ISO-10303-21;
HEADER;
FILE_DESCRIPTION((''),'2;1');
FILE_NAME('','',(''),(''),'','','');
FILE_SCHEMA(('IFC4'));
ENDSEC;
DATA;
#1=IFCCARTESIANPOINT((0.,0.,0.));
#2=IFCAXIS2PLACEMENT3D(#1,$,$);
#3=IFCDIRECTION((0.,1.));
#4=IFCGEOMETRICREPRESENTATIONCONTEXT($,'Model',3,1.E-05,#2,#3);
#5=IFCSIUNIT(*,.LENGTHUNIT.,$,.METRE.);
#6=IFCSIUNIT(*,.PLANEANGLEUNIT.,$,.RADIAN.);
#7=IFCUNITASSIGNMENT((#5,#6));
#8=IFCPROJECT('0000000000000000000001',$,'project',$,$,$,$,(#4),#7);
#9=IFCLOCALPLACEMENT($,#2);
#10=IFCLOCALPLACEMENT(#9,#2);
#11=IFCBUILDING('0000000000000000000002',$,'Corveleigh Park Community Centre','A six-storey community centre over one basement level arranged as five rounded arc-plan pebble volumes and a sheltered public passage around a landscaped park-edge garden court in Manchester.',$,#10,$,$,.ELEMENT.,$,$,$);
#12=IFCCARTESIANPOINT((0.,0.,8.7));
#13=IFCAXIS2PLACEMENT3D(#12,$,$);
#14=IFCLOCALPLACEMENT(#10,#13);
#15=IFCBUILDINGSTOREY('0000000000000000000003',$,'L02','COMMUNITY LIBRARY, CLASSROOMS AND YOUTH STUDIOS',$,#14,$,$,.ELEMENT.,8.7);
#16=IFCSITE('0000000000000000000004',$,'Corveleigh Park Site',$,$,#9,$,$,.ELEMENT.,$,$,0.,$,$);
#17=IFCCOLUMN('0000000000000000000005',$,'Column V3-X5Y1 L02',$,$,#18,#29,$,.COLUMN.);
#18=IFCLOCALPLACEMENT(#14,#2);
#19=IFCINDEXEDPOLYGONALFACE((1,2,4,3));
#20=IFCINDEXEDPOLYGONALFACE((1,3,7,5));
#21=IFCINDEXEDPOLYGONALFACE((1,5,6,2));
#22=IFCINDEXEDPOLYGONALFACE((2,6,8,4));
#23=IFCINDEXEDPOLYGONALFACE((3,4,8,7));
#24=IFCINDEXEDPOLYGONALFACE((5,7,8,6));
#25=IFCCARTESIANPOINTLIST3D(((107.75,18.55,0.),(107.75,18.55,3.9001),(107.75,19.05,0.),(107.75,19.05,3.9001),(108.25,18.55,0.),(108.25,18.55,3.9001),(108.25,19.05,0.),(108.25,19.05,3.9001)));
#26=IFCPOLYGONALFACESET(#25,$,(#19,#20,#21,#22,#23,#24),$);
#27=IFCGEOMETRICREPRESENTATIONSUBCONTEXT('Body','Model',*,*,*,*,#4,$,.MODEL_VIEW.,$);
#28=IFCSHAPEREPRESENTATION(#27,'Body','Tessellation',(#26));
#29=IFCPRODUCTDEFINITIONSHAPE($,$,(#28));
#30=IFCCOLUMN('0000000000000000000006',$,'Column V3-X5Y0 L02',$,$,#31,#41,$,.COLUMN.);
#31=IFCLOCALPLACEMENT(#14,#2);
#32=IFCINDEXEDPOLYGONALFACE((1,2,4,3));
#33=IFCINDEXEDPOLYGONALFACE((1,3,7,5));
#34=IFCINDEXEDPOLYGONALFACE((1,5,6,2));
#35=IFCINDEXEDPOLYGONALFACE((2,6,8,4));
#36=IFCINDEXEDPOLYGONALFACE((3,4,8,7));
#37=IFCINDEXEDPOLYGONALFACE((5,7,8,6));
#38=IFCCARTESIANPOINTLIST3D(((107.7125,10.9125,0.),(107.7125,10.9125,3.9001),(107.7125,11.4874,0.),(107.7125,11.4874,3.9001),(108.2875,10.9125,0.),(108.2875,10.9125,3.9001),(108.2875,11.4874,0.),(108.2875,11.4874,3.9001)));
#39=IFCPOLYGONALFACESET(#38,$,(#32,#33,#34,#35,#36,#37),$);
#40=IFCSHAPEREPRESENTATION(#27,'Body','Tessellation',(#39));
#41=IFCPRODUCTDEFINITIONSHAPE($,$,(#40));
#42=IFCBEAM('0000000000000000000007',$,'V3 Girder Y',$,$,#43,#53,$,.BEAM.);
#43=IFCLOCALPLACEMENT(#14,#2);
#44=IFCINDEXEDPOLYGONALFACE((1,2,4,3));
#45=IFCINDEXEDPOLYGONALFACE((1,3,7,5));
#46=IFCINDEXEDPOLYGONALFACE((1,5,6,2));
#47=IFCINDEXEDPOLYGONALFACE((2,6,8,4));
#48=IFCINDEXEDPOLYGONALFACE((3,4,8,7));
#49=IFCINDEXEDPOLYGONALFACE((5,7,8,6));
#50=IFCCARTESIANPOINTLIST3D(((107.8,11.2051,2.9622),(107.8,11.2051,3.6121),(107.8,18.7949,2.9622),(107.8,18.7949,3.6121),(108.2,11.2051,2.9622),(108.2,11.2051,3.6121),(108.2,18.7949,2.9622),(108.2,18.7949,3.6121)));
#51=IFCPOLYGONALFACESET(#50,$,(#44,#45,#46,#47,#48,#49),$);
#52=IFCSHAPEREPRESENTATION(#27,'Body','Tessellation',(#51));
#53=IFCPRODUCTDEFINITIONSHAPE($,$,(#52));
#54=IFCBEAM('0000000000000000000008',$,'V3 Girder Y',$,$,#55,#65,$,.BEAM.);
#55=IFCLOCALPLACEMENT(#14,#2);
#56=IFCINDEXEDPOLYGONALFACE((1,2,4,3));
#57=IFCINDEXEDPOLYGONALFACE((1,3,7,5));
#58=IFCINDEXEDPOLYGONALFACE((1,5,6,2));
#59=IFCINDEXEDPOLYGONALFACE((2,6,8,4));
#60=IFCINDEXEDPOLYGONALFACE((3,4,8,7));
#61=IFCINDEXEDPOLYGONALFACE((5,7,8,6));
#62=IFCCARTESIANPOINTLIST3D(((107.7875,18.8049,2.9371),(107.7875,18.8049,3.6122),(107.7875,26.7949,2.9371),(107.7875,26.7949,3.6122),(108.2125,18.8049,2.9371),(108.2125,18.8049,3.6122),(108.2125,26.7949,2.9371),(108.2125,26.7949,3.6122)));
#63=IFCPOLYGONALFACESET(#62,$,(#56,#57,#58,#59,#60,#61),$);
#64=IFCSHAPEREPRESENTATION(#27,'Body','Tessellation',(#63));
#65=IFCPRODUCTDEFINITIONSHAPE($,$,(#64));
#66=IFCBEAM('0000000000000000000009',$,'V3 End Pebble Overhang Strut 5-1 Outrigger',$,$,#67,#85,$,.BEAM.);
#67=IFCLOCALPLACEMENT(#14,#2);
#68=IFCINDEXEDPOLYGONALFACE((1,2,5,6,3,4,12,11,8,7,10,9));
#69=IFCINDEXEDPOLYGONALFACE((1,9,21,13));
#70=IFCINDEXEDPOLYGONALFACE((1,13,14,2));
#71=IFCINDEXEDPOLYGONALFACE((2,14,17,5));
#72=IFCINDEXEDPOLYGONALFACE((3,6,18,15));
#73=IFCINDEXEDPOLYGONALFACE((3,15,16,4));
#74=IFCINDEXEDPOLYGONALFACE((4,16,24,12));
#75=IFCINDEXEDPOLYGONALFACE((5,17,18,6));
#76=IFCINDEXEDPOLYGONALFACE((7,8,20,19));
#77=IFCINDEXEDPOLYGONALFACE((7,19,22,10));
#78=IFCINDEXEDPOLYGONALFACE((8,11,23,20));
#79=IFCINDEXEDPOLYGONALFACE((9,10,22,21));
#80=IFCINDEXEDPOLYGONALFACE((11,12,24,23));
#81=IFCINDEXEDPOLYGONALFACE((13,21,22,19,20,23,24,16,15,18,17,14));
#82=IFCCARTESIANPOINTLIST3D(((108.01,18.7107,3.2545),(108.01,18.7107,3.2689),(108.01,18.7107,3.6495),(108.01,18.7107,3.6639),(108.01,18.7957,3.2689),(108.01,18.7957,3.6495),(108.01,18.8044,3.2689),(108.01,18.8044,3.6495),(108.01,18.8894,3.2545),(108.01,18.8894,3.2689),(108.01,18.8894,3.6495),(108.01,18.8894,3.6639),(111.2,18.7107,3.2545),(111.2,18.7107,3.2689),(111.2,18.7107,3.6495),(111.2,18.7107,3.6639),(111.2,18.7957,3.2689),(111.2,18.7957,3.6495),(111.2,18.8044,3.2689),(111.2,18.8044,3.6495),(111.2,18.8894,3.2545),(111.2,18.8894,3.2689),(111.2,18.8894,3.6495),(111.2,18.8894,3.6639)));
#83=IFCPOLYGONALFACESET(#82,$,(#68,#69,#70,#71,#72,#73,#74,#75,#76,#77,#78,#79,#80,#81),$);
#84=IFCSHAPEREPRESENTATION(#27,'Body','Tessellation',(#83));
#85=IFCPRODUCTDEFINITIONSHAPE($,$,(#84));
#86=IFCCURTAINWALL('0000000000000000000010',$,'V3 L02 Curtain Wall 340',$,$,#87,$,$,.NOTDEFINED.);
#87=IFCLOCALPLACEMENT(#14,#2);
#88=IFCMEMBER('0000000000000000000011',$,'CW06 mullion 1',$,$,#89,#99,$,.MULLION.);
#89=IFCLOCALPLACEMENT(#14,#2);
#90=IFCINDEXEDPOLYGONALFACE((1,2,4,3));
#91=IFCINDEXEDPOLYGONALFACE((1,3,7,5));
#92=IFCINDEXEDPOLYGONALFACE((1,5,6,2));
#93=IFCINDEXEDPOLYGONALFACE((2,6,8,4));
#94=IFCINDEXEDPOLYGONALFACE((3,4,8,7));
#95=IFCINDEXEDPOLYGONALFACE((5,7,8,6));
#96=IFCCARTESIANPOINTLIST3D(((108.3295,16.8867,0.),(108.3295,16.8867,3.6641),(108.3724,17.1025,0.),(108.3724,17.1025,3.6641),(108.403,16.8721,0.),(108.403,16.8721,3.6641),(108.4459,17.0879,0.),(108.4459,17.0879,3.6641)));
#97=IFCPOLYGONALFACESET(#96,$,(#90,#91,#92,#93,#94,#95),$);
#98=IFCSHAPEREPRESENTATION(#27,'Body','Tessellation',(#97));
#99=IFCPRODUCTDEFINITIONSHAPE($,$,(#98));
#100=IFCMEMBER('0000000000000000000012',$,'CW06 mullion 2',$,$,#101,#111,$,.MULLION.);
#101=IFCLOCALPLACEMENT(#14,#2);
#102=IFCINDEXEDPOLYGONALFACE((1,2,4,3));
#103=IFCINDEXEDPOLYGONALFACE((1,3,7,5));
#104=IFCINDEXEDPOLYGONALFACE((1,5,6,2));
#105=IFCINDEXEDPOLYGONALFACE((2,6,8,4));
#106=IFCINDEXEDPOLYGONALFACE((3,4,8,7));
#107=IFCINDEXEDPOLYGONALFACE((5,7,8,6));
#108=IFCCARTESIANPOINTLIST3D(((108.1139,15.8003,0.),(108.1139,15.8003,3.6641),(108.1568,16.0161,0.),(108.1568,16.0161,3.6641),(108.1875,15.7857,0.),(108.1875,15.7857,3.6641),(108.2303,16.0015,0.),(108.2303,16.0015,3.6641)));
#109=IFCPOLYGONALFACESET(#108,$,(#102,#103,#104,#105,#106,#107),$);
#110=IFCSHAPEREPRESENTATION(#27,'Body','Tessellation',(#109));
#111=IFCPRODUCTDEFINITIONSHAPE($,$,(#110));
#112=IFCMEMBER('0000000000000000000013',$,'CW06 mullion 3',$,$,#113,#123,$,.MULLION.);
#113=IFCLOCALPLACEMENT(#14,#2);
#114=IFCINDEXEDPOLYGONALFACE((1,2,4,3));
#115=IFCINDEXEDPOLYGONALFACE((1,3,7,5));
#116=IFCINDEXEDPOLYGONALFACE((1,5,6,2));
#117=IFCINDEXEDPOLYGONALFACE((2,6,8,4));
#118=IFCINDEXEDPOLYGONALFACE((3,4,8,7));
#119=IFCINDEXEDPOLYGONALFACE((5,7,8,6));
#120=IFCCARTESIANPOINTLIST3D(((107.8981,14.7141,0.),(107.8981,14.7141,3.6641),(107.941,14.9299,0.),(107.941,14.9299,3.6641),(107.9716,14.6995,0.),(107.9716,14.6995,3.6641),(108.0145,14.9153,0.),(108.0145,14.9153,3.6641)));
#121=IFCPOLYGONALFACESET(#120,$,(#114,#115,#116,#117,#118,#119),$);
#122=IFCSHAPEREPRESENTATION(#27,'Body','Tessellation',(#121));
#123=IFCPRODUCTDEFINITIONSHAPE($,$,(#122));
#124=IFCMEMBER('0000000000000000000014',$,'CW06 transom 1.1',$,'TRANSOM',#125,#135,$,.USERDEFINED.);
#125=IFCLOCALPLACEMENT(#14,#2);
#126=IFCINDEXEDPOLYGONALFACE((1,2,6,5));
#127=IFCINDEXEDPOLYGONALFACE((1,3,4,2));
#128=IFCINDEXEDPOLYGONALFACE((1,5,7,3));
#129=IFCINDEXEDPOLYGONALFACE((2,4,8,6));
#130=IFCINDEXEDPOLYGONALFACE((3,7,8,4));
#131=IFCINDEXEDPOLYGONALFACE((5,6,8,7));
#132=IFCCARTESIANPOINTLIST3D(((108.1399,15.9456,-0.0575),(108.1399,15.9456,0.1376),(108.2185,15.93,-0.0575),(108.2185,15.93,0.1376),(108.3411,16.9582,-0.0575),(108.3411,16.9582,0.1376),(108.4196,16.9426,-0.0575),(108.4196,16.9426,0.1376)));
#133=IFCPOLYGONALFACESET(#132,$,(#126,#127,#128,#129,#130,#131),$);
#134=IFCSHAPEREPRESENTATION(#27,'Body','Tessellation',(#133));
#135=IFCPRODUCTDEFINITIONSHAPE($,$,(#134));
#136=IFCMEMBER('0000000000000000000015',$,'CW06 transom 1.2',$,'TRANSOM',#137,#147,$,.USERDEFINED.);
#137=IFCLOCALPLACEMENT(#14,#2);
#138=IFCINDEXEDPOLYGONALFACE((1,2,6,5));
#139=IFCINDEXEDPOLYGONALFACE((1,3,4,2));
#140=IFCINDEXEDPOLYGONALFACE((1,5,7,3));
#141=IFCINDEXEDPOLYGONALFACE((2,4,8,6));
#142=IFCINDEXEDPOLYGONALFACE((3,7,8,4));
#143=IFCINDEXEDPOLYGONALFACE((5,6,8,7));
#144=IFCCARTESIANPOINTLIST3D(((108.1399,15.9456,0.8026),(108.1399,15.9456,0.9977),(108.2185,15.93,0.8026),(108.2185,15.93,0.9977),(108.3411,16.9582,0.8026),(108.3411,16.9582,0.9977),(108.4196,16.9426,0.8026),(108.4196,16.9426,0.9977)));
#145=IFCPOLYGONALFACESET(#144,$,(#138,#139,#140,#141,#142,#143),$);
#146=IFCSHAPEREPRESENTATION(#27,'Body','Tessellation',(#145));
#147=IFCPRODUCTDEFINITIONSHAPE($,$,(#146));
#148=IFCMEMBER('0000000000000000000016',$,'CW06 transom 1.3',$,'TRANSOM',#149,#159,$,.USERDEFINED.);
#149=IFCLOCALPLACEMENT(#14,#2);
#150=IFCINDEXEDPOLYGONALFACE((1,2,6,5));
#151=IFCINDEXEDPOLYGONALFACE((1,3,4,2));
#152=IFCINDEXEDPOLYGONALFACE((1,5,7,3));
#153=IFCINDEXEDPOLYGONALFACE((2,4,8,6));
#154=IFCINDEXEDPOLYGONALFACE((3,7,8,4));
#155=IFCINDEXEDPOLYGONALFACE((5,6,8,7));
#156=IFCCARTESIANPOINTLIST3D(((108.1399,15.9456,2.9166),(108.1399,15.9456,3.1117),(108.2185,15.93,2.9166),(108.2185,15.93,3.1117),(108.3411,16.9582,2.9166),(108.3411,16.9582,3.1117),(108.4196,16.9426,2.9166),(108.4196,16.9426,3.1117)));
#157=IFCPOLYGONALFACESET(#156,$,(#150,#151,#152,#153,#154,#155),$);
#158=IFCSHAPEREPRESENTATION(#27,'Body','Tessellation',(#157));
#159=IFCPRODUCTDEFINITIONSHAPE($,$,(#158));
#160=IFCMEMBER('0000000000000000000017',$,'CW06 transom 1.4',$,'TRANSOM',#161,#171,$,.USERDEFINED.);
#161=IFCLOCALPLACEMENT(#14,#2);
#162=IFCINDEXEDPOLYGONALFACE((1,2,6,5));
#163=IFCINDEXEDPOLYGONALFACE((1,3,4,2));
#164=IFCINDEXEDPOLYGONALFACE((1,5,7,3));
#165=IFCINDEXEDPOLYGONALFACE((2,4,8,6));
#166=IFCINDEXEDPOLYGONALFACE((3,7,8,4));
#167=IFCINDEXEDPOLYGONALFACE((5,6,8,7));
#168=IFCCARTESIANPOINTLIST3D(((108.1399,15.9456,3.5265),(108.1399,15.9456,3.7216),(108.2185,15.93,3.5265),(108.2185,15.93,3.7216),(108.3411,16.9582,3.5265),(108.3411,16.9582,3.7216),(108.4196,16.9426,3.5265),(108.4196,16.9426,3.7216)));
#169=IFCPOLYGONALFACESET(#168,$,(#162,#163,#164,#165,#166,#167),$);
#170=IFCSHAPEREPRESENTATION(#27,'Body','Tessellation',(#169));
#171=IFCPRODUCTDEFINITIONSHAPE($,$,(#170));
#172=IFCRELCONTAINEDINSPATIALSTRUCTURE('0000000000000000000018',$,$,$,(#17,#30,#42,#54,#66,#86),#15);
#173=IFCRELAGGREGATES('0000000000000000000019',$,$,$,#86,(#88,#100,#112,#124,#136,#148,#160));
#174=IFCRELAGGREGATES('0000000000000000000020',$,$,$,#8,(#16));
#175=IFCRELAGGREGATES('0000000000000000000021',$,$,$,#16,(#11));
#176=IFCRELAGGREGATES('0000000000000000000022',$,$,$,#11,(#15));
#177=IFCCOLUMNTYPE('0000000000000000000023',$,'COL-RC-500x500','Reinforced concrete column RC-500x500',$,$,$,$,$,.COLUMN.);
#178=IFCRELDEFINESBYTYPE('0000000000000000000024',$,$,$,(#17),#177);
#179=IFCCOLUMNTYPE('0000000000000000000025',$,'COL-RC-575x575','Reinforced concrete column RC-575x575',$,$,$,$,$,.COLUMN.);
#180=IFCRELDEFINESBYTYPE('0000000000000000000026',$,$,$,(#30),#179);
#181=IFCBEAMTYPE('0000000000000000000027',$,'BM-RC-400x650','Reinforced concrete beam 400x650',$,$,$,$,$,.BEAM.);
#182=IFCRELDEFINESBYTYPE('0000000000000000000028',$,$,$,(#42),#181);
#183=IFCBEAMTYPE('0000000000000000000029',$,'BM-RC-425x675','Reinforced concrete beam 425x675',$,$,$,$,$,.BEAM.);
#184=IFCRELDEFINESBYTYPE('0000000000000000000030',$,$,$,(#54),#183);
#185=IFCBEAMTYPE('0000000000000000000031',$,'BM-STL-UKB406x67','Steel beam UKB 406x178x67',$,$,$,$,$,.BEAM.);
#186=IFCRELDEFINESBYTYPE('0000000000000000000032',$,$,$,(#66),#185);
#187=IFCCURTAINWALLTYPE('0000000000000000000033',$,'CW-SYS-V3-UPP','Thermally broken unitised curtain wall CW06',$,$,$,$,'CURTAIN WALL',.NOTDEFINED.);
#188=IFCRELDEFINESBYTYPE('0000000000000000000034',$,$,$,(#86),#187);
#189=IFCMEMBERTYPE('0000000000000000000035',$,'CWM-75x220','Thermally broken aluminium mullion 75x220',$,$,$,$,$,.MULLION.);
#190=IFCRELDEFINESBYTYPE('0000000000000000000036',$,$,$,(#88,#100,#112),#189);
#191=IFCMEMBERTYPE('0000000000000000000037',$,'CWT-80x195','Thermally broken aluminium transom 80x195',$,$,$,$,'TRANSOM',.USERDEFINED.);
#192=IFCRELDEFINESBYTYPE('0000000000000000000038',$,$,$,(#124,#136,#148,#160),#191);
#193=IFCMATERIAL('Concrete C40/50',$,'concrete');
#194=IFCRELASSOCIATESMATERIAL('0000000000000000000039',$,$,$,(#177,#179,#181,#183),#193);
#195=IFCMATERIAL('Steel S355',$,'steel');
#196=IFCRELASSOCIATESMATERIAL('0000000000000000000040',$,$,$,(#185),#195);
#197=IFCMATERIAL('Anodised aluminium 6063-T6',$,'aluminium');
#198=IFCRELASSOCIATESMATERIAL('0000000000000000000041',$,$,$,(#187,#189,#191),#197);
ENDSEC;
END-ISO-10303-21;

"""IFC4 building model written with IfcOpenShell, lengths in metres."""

from ifc_helpers import new_model, si_unit, direction, frame, origin, origin_2d, place, context, subcontext, project, spatial, rectangle, i_section, extrude, material, material_profile, profile_set, type_object, element, aggregate, save


model = new_model("IFC4")

# Units and contexts
model_context = context("Model", 3, precision=1e-05, world=origin(), true_north=direction((0.0, 1.0)))
body_context = subcontext(model_context, "Body", "Model", "MODEL_VIEW")
ifc_project = project(units=[si_unit("LENGTHUNIT", "METRE"), si_unit("PLANEANGLEUNIT", "RADIAN")], contexts=[model_context])

# Site, building, storey
site_placement = place(None, origin())
site = spatial("IfcSite", under=ifc_project, at=site_placement, Name="Corveleigh Park Site", CompositionType="ELEMENT", RefElevation=0.0)
building_placement = place(site_placement, origin())
building = spatial("IfcBuilding", under=site, at=building_placement, Name="Corveleigh Park Community Centre", Description="A six-storey community centre over one basement level arranged as five rounded arc-plan pebble volumes and a sheltered public passage around a landscaped park-edge garden court in Manchester.", CompositionType="ELEMENT")
storey_placement = place(building_placement, frame((0.0, 0.0, 8.7)))
storey = spatial("IfcBuildingStorey", under=building, at=storey_placement, Name="L02", Description="COMMUNITY LIBRARY, CLASSROOMS AND YOUTH STUDIOS", CompositionType="ELEMENT", Elevation=8.7)

# Columns
ifc_material_1 = material(Name="Concrete C40/50", Category="concrete")
ifc_material_profile_1 = material_profile(ifc_material_1, rectangle(XDim=0.5, YDim=0.5, at=origin_2d()), Name="RC-500x500", Category="concrete")
ifc_profile_set_1 = profile_set([ifc_material_profile_1], Name="Concrete C40/50")
column_type_1 = type_object("IfcColumnType", Name="COL-RC-500x500", Description="Reinforced concrete column RC-500x500", PredefinedType="COLUMN", material=ifc_profile_set_1)
column_1_placement = place(storey_placement, frame((108.0, 18.8, 0.0), z_axis=(0.0, 0.0, 1.0), x_axis=(1.0, 0.0, 0.0)))
element("IfcColumn", 1, at=column_1_placement, inside=storey, type_object=column_type_1, Name="Column V3-X5Y1 L02", PredefinedType="COLUMN", context=body_context, shape_type="SweptSolid", body=[
    extrude(rectangle(XDim=0.5, YDim=0.5, at=origin_2d()), origin(), (0.0, 0.0, 1.0), 3.9001),
])
ifc_material_profile_2 = material_profile(ifc_material_1, rectangle(XDim=0.575, YDim=0.575, at=origin_2d()), Name="RC-575x575", Category="concrete")
ifc_profile_set_2 = profile_set([ifc_material_profile_2], Name="Concrete C40/50")
column_type_2 = type_object("IfcColumnType", Name="COL-RC-575x575", Description="Reinforced concrete column RC-575x575", PredefinedType="COLUMN", material=ifc_profile_set_2)
column_2_placement = place(storey_placement, frame((108.0, 11.2, 0.0), z_axis=(0.0, 0.0, 1.0), x_axis=(1.0, 0.0, 0.0)))
element("IfcColumn", 2, at=column_2_placement, inside=storey, type_object=column_type_2, Name="Column V3-X5Y0 L02", PredefinedType="COLUMN", context=body_context, shape_type="SweptSolid", body=[
    extrude(rectangle(XDim=0.575, YDim=0.575, at=origin_2d()), origin(), (0.0, 0.0, 1.0), 3.9001),
])

# Beams
ifc_material_profile_3 = material_profile(ifc_material_1, rectangle(XDim=0.3999, YDim=0.6499, at=origin_2d()), Name="RC-400x650", Category="concrete")
ifc_profile_set_3 = profile_set([ifc_material_profile_3], Name="Concrete C40/50")
beam_type_1 = type_object("IfcBeamType", Name="BM-RC-400x650", Description="Reinforced concrete beam 400x650", PredefinedType="BEAM", material=ifc_profile_set_3)
beam_1_placement = place(storey_placement, frame((108.0, 11.2051, 3.2871), z_axis=(0.0, 1.0, 0.0), x_axis=(-1.0, 0.0, 0.0)))
element("IfcBeam", 3, at=beam_1_placement, inside=storey, type_object=beam_type_1, Name="V3 Girder Y", PredefinedType="BEAM", context=body_context, shape_type="SweptSolid", body=[
    extrude(rectangle(XDim=0.3999, YDim=0.6499, at=origin_2d()), origin(), (0.0, 0.0, 1.0), 7.5898),
])
ifc_material_profile_4 = material_profile(ifc_material_1, rectangle(XDim=0.425, YDim=0.675, at=origin_2d()), Name="RC-425x675", Category="concrete")
ifc_profile_set_4 = profile_set([ifc_material_profile_4], Name="Concrete C40/50")
beam_type_2 = type_object("IfcBeamType", Name="BM-RC-425x675", Description="Reinforced concrete beam 425x675", PredefinedType="BEAM", material=ifc_profile_set_4)
beam_2_placement = place(storey_placement, frame((108.0, 18.8049, 3.2747), z_axis=(0.0, 1.0, 0.0), x_axis=(-1.0, 0.0, 0.0)))
element("IfcBeam", 4, at=beam_2_placement, inside=storey, type_object=beam_type_2, Name="V3 Girder Y", PredefinedType="BEAM", context=body_context, shape_type="SweptSolid", body=[
    extrude(rectangle(XDim=0.425, YDim=0.675, at=origin_2d()), origin(), (0.0, 0.0, 1.0), 7.99),
])
ifc_material_2 = material(Name="Steel S355", Category="steel")
ifc_material_profile_5 = material_profile(ifc_material_2, i_section(OverallWidth=0.1787, OverallDepth=0.4094, WebThickness=0.0088, FlangeThickness=0.0144, at=origin_2d()), Name="UKB 406x178x67", Category="steel")
ifc_profile_set_5 = profile_set([ifc_material_profile_5], Name="Steel S355")
beam_type_3 = type_object("IfcBeamType", Name="BM-STL-UKB406x67", Description="Steel beam UKB 406x178x67", PredefinedType="BEAM", material=ifc_profile_set_5)
beam_3_placement = place(storey_placement, frame((108.01, 18.8, 3.4592), z_axis=(1.0, 0.0, 0.0), x_axis=(0.0, 1.0, 0.0)))
element("IfcBeam", 5, at=beam_3_placement, inside=storey, type_object=beam_type_3, Name="V3 End Pebble Overhang Strut 5-1 Outrigger", PredefinedType="BEAM", context=body_context, shape_type="SweptSolid", body=[
    extrude(i_section(OverallWidth=0.1787, OverallDepth=0.4094, WebThickness=0.0088, FlangeThickness=0.0144, at=origin_2d()), origin(), (0.0, 0.0, 1.0), 3.1899),
])

# Curtain wall, members
ifc_material_3 = material(Name="Anodised aluminium 6063-T6", Category="aluminium")
curtain_wall_type = type_object("IfcCurtainWallType", Name="CW-SYS-V3-UPP", Description="Thermally broken unitised curtain wall CW06", ElementType="CURTAIN WALL", PredefinedType="NOTDEFINED", material=ifc_material_3)
curtain_wall_placement = place(storey_placement, origin())
curtain_wall = element("IfcCurtainWall", 6, at=curtain_wall_placement, inside=storey, type_object=curtain_wall_type, Name="V3 L02 Curtain Wall 340", PredefinedType="NOTDEFINED")
ifc_material_profile_6 = material_profile(ifc_material_3, rectangle(XDim=0.075, YDim=0.22, at=origin_2d()), Name="ALU-M75x220", Category="aluminium")
ifc_profile_set_6 = profile_set([ifc_material_profile_6], Name="Anodised aluminium 6063-T6")
member_type_1 = type_object("IfcMemberType", Name="CWM-75x220", Description="Thermally broken aluminium mullion 75x220", PredefinedType="MULLION", material=ifc_profile_set_6)
member_1_placement = place(storey_placement, frame((108.3877, 16.9873, 0.0), z_axis=(0.0, 0.0, 1.0), x_axis=(0.980848, -0.194772, 0.0)))
member_1 = element("IfcMember", 7, at=member_1_placement, type_object=member_type_1, Name="CW06 mullion 1", PredefinedType="MULLION", context=body_context, shape_type="SweptSolid", body=[
    extrude(rectangle(XDim=0.075, YDim=0.22, at=origin_2d()), origin(), (0.0, 0.0, 1.0), 3.6641),
])
member_2_placement = place(storey_placement, frame((108.1721, 15.9009, 0.0), z_axis=(0.0, 0.0, 1.0), x_axis=(0.980848, -0.194772, 0.0)))
member_2 = element("IfcMember", 8, at=member_2_placement, type_object=member_type_1, Name="CW06 mullion 2", PredefinedType="MULLION", context=body_context, shape_type="SweptSolid", body=[
    extrude(rectangle(XDim=0.075, YDim=0.22, at=origin_2d()), origin(), (0.0, 0.0, 1.0), 3.6641),
])
member_3_placement = place(storey_placement, frame((107.9563, 14.8147, 0.0), z_axis=(0.0, 0.0, 1.0), x_axis=(0.980848, -0.194772, 0.0)))
member_3 = element("IfcMember", 9, at=member_3_placement, type_object=member_type_1, Name="CW06 mullion 3", PredefinedType="MULLION", context=body_context, shape_type="SweptSolid", body=[
    extrude(rectangle(XDim=0.075, YDim=0.22, at=origin_2d()), origin(), (0.0, 0.0, 1.0), 3.6641),
])
ifc_material_profile_7 = material_profile(ifc_material_3, rectangle(XDim=0.0801, YDim=0.1951, at=origin_2d()), Name="ALU-T80x195", Category="aluminium")
ifc_profile_set_7 = profile_set([ifc_material_profile_7], Name="Anodised aluminium 6063-T6")
member_type_2 = type_object("IfcMemberType", Name="CWT-80x195", Description="Thermally broken aluminium transom 80x195", ElementType="TRANSOM", PredefinedType="USERDEFINED", material=ifc_profile_set_7)
member_4_placement = place(storey_placement, frame((108.3804, 16.9504, 0.04), z_axis=(-0.194843, -0.980834, 0.0), x_axis=(0.980834, -0.194843, 0.0)))
member_4 = element("IfcMember", 10, at=member_4_placement, type_object=member_type_2, Name="CW06 transom 1.1", ObjectType="TRANSOM", PredefinedType="USERDEFINED", context=body_context, shape_type="SweptSolid", body=[
    extrude(rectangle(XDim=0.0801, YDim=0.1951, at=origin_2d()), origin(), (0.0, 0.0, 1.0), 1.0325),
])
member_5_placement = place(storey_placement, frame((108.3804, 16.9504, 0.9001), z_axis=(-0.194843, -0.980834, 0.0), x_axis=(0.980834, -0.194843, 0.0)))
member_5 = element("IfcMember", 11, at=member_5_placement, type_object=member_type_2, Name="CW06 transom 1.2", ObjectType="TRANSOM", PredefinedType="USERDEFINED", context=body_context, shape_type="SweptSolid", body=[
    extrude(rectangle(XDim=0.0801, YDim=0.1951, at=origin_2d()), origin(), (0.0, 0.0, 1.0), 1.0325),
])
member_6_placement = place(storey_placement, frame((108.3804, 16.9504, 3.0142), z_axis=(-0.194843, -0.980834, 0.0), x_axis=(0.980834, -0.194843, 0.0)))
member_6 = element("IfcMember", 12, at=member_6_placement, type_object=member_type_2, Name="CW06 transom 1.3", ObjectType="TRANSOM", PredefinedType="USERDEFINED", context=body_context, shape_type="SweptSolid", body=[
    extrude(rectangle(XDim=0.0801, YDim=0.1951, at=origin_2d()), origin(), (0.0, 0.0, 1.0), 1.0325),
])
member_7_placement = place(storey_placement, frame((108.3804, 16.9504, 3.624), z_axis=(-0.194843, -0.980834, 0.0), x_axis=(0.980834, -0.194843, 0.0)))
member_7 = element("IfcMember", 13, at=member_7_placement, type_object=member_type_2, Name="CW06 transom 1.4", ObjectType="TRANSOM", PredefinedType="USERDEFINED", context=body_context, shape_type="SweptSolid", body=[
    extrude(rectangle(XDim=0.0801, YDim=0.1951, at=origin_2d()), origin(), (0.0, 0.0, 1.0), 1.0325),
])

aggregate(curtain_wall, [member_1, member_2, member_3, member_4, member_5, member_6, member_7])

save(model, "model.ifc")
